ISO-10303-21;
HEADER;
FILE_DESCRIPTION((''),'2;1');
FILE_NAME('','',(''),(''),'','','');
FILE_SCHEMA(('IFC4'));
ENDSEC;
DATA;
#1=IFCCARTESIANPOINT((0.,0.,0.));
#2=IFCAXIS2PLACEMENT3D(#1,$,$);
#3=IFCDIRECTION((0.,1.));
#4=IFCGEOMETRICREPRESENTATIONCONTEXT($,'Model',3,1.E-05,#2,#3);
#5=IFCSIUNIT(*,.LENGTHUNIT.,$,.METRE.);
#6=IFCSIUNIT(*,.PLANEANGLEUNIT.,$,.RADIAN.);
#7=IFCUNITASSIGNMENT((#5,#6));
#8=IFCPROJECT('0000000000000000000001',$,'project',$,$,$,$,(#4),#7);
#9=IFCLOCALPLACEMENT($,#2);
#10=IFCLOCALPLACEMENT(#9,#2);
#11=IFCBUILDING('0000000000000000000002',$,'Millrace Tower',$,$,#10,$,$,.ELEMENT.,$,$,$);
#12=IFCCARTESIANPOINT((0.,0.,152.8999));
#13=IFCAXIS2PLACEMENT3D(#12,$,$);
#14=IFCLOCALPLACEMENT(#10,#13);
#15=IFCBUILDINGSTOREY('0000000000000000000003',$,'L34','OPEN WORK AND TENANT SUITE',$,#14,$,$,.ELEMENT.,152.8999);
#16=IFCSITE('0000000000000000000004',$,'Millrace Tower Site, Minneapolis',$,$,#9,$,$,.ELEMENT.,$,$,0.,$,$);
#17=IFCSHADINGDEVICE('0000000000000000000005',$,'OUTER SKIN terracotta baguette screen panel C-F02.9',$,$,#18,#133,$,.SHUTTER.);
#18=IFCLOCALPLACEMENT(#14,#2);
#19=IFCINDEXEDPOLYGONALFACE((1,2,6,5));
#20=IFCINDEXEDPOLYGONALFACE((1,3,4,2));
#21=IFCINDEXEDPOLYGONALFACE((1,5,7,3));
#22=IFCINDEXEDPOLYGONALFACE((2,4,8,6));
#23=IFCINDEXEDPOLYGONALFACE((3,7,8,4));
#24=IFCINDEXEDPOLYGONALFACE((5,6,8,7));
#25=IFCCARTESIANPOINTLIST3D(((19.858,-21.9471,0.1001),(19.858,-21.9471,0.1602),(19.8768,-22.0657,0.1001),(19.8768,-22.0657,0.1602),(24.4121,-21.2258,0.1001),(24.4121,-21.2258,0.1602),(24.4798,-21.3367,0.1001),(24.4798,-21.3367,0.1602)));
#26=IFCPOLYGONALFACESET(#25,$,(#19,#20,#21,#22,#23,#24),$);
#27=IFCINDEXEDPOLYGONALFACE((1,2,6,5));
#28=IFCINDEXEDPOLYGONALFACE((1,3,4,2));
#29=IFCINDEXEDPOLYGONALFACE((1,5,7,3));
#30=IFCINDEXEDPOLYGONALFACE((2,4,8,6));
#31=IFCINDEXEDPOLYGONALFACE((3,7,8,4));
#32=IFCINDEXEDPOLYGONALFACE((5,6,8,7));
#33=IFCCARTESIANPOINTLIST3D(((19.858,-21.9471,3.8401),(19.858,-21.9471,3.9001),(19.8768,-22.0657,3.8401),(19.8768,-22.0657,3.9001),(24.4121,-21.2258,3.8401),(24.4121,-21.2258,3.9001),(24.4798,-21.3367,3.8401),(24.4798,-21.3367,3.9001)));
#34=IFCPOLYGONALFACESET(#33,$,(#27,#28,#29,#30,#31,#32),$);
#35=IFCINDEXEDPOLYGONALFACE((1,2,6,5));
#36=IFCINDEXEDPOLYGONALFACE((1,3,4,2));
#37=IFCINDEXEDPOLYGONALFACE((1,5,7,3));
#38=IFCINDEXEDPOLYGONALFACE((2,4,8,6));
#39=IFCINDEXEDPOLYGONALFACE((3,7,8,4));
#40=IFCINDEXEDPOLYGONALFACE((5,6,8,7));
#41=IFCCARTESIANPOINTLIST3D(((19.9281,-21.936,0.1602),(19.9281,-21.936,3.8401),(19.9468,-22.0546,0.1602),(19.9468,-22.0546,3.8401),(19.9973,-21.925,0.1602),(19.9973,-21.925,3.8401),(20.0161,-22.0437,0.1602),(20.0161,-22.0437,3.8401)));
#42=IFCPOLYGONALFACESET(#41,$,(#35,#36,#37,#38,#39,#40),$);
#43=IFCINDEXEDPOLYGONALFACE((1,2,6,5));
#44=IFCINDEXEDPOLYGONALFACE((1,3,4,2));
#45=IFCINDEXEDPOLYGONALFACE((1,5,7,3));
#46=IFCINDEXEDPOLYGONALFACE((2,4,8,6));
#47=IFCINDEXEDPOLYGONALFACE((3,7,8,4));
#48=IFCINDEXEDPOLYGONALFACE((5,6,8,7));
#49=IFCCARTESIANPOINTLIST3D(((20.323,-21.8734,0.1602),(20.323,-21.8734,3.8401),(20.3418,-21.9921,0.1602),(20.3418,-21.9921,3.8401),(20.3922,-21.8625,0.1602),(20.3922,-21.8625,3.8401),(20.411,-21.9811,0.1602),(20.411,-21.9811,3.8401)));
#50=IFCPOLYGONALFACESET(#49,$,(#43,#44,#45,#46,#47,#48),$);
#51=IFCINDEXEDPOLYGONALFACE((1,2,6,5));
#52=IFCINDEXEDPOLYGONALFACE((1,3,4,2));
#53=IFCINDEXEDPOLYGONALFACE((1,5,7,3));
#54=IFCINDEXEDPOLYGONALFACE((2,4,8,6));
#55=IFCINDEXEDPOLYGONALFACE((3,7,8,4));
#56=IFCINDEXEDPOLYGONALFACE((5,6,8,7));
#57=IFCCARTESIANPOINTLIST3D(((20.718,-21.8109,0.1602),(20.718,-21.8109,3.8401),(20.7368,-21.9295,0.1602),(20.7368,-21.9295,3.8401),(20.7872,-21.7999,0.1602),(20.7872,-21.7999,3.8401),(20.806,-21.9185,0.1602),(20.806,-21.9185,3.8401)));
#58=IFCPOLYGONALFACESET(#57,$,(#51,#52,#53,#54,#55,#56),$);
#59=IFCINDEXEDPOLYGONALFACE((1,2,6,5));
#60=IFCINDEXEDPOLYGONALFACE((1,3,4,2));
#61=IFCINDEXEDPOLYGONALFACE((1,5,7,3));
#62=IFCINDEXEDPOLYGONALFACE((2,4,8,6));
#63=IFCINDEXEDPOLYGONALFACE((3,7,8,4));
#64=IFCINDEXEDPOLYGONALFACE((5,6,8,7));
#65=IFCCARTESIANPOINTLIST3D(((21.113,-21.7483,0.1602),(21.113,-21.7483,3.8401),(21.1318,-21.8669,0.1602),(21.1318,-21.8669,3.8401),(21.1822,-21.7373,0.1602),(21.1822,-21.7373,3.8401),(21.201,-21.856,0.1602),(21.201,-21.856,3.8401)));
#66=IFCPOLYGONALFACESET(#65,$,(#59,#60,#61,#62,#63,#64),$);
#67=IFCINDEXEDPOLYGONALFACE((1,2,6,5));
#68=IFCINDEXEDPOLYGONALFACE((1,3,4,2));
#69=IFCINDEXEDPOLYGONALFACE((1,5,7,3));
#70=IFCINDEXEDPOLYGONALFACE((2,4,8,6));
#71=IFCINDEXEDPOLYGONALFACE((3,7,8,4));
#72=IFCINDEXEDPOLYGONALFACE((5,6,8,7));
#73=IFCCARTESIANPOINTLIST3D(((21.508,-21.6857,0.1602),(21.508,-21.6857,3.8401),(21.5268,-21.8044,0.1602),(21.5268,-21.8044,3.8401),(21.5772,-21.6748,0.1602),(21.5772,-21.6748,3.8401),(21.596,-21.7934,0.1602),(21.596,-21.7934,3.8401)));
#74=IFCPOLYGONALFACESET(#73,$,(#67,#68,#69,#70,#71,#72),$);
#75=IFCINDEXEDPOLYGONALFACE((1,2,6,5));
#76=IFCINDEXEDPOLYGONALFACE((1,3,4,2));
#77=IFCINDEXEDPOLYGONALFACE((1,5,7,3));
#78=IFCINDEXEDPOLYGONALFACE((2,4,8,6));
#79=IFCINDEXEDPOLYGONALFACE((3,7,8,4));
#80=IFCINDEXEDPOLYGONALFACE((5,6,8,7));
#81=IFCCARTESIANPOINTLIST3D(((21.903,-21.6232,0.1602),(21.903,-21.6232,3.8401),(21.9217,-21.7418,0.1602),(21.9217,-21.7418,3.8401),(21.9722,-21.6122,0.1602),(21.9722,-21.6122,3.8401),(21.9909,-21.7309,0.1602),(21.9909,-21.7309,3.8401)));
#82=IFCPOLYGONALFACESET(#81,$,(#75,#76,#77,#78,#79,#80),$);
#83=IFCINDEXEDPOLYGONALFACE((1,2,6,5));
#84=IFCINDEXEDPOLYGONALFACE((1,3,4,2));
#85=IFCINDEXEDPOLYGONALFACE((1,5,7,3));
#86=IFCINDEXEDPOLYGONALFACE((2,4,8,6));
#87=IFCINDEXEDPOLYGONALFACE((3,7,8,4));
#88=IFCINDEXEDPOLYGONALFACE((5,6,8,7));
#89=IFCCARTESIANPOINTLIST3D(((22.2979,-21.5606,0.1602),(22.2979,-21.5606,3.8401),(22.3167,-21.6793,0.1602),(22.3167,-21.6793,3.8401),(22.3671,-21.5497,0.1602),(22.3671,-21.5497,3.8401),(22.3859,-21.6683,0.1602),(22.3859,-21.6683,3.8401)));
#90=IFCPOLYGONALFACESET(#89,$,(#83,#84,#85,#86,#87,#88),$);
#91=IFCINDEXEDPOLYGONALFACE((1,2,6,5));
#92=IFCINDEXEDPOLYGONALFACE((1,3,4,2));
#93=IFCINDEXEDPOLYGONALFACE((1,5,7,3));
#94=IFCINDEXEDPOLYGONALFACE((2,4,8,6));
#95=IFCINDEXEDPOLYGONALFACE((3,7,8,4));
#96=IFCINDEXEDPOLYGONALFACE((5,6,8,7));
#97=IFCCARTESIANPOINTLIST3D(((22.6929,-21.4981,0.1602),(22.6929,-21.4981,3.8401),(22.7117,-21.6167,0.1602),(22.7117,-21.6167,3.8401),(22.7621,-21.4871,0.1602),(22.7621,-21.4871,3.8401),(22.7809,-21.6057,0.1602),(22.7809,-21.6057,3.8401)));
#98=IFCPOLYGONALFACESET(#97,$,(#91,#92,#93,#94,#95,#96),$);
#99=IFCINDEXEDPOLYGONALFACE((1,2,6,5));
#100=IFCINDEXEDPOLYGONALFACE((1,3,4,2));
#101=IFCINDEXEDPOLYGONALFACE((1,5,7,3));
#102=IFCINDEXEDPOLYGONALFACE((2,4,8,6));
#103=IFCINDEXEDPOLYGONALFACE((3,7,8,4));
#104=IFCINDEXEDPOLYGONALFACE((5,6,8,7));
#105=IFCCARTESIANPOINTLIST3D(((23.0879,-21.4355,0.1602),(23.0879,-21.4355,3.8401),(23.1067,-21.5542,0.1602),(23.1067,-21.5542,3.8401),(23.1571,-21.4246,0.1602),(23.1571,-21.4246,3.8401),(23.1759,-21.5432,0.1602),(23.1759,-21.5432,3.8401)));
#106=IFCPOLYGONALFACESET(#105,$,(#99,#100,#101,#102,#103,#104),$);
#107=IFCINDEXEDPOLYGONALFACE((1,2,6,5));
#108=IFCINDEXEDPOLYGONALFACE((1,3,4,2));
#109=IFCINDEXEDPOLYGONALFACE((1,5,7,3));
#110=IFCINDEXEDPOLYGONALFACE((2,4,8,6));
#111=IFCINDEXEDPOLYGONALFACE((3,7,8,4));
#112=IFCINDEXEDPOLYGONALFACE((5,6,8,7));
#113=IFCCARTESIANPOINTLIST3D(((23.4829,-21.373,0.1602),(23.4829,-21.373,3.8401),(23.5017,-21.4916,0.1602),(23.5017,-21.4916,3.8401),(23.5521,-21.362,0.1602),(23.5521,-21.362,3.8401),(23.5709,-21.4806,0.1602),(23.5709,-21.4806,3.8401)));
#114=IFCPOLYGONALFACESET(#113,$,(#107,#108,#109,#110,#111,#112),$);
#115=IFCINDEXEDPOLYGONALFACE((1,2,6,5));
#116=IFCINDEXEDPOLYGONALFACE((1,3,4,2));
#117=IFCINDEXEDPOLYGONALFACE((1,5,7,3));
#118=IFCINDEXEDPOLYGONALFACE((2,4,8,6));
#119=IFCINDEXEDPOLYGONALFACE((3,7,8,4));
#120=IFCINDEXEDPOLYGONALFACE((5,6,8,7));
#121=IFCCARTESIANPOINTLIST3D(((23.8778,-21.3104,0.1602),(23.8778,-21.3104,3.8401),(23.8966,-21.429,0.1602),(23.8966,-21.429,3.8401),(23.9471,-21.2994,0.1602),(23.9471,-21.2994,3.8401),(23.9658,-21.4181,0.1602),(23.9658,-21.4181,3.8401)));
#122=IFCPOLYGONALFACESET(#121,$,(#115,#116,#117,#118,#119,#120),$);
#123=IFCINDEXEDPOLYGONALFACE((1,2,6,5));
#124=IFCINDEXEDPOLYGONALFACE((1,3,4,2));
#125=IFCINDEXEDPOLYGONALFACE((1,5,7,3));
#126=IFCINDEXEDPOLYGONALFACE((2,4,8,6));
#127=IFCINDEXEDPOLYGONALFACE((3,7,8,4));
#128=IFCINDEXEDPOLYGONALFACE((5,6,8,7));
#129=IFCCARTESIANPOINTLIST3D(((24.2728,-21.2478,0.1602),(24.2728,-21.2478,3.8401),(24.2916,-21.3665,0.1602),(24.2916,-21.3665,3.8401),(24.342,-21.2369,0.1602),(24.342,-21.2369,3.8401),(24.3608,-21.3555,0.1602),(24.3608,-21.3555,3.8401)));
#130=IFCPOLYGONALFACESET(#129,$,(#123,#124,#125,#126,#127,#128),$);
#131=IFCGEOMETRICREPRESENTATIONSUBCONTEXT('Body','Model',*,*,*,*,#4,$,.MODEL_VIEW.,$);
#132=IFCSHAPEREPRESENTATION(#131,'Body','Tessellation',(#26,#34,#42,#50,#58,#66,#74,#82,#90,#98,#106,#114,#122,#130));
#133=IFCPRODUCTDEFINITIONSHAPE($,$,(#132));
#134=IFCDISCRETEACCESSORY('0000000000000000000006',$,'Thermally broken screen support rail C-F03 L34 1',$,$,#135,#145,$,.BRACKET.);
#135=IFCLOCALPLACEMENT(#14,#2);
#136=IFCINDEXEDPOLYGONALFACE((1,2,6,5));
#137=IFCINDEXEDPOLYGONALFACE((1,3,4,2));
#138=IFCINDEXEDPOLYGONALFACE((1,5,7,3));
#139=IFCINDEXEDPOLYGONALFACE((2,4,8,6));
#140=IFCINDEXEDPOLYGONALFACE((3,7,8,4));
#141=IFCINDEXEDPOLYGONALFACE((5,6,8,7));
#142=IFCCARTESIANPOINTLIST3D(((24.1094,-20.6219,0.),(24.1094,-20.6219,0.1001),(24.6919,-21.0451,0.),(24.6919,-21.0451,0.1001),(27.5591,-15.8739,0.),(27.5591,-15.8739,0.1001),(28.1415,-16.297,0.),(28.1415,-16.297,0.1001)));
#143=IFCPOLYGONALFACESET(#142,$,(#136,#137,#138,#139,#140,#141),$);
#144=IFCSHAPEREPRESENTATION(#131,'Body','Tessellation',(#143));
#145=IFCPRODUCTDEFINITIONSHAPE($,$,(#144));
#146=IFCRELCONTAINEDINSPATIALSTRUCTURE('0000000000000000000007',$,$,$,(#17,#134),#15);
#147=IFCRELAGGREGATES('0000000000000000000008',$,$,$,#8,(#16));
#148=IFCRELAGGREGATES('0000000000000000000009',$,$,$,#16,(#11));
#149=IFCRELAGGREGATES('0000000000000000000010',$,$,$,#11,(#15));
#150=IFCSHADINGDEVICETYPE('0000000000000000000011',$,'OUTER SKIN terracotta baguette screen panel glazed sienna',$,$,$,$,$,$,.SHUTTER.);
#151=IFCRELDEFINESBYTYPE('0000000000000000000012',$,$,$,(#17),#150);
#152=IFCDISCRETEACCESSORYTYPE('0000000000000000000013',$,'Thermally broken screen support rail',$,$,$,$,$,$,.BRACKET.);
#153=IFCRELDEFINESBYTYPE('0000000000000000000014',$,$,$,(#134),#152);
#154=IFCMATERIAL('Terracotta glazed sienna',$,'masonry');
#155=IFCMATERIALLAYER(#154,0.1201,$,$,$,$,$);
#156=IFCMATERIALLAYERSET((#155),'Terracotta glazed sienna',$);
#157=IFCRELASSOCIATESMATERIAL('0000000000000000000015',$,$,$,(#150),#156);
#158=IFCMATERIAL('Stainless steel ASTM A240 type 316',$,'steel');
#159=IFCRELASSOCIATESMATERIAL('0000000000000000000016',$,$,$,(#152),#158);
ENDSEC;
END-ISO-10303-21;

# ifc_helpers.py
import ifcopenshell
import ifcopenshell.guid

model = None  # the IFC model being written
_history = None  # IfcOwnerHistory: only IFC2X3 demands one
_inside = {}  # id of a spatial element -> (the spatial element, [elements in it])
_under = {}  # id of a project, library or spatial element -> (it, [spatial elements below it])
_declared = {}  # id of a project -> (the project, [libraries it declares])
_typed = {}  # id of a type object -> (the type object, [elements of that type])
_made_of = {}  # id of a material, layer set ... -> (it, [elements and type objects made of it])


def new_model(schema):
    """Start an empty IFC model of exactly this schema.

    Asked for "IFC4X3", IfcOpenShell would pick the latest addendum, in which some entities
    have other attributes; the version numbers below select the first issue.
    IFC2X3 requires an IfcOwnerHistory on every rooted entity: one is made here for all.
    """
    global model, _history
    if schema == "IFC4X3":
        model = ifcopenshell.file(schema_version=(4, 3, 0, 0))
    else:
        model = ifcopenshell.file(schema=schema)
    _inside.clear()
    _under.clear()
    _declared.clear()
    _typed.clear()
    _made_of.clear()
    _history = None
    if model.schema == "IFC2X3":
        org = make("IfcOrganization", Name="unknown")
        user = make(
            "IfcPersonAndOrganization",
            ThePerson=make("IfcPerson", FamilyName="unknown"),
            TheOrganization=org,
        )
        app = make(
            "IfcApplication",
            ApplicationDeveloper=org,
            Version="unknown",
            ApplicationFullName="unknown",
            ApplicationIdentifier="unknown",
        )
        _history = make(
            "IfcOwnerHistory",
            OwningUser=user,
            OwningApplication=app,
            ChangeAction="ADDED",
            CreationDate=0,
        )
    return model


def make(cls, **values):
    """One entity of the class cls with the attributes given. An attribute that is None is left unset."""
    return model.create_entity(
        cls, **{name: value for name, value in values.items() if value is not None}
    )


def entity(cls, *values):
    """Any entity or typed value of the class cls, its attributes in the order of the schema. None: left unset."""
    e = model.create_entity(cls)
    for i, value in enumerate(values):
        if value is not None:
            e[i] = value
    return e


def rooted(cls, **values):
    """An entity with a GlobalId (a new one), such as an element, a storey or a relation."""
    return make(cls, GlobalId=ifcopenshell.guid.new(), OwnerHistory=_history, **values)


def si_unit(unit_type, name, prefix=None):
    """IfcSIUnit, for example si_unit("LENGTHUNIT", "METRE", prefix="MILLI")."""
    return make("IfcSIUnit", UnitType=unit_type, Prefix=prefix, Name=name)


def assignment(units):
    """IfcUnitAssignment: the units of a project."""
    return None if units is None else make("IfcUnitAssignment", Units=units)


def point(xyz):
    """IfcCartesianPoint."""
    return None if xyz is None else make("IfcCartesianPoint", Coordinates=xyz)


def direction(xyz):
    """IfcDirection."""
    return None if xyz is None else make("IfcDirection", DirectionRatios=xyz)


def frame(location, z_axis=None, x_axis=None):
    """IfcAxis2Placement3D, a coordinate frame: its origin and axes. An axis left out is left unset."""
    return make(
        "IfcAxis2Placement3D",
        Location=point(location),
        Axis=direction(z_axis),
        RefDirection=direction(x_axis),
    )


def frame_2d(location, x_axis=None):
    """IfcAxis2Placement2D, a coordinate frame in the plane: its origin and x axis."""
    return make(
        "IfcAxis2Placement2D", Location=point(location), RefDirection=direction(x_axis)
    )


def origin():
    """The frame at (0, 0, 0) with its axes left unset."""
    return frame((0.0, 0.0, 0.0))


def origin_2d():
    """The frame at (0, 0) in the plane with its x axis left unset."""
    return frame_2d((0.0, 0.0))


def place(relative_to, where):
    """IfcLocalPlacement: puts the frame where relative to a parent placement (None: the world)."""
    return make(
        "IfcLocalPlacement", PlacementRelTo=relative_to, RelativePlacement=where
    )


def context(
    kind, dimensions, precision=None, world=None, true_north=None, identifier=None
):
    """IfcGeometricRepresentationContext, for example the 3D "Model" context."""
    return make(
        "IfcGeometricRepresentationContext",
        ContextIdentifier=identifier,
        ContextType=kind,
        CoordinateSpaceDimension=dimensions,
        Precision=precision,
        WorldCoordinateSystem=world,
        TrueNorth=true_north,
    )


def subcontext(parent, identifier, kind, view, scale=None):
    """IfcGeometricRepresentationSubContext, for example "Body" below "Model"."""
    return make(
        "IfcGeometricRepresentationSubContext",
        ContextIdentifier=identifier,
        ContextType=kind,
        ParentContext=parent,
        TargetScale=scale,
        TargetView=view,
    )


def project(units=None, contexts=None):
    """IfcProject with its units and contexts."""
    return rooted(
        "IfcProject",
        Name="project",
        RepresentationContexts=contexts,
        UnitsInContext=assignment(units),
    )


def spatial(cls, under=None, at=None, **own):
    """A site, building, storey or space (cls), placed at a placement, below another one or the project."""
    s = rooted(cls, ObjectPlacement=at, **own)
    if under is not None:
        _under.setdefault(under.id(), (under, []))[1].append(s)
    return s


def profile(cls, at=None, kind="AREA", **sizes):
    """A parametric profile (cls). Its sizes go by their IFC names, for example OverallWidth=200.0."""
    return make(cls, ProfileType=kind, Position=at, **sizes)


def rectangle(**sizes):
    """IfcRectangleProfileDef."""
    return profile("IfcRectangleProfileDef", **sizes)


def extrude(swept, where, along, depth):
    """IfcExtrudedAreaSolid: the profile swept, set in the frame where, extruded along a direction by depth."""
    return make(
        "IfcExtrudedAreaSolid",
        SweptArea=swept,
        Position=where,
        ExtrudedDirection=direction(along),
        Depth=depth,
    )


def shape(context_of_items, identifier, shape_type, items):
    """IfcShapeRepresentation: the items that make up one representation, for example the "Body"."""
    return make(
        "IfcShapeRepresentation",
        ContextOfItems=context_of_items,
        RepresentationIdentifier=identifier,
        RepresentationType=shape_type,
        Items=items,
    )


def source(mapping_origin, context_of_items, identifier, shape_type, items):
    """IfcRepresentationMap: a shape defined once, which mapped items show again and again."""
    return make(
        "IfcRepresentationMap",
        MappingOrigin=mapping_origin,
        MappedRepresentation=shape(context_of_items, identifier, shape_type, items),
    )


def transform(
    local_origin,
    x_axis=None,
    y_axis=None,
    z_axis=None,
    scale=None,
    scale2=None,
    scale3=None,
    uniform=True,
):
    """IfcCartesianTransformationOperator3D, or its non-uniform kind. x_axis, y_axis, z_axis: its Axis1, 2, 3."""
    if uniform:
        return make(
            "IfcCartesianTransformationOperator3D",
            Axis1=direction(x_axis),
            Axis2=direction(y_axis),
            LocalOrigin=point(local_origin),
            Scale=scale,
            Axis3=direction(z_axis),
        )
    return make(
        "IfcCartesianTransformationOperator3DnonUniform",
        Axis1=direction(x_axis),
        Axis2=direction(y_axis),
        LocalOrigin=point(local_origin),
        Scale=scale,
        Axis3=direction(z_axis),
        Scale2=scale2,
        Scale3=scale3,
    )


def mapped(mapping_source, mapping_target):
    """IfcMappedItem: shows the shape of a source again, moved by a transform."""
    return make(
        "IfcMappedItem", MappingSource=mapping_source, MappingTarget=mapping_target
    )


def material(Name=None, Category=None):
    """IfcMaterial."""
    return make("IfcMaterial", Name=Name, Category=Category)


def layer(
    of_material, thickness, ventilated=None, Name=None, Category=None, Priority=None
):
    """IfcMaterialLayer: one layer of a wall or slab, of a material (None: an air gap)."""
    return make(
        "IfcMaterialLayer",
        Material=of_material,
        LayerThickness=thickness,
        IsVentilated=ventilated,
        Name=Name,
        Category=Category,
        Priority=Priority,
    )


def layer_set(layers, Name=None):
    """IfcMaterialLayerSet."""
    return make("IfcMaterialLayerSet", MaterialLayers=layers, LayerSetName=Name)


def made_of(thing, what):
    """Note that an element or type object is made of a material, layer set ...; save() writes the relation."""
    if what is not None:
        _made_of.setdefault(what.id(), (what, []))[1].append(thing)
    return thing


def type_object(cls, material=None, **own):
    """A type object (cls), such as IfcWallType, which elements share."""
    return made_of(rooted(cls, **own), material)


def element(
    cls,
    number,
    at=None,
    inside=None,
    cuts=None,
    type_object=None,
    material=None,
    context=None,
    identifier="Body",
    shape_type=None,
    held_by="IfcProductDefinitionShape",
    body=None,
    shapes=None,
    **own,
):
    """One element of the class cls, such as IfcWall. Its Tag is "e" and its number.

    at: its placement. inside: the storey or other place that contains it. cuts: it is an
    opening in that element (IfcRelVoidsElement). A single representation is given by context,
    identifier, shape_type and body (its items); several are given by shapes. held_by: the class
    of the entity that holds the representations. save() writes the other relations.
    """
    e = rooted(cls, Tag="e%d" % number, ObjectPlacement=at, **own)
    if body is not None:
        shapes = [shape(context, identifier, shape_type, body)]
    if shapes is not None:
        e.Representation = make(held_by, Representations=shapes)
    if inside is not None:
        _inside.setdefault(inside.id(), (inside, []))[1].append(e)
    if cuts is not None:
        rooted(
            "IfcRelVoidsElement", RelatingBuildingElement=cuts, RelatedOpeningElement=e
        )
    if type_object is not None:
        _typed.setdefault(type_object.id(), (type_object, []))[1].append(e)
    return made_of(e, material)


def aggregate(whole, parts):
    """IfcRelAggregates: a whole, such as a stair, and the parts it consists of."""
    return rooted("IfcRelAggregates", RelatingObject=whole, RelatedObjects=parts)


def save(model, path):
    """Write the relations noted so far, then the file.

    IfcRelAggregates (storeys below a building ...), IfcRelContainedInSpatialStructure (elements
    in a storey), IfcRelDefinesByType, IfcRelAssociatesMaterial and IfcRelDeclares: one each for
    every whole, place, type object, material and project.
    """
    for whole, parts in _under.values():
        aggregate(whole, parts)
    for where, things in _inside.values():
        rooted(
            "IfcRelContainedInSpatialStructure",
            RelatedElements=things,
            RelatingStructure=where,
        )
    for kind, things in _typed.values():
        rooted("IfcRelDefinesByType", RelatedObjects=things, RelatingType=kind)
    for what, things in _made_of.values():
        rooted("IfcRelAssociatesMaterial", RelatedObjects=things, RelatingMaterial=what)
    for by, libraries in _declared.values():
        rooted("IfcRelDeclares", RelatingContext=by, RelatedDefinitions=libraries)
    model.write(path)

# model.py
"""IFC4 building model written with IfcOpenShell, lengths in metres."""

from ifc_helpers import new_model, entity, si_unit, direction, frame, frame_2d, origin, origin_2d, place, context, subcontext, project, spatial, rectangle, extrude, source, transform, mapped, material, layer, layer_set, type_object, element, save


model = new_model("IFC4")

# Units and contexts
model_context = context("Model", 3, precision=1e-05, world=origin(), true_north=direction((0.0, 1.0)))
body_context = subcontext(model_context, "Body", "Model", "MODEL_VIEW")
ifc_project = project(units=[si_unit("LENGTHUNIT", "METRE"), si_unit("PLANEANGLEUNIT", "RADIAN")], contexts=[model_context])

# Site, building, storey
site_placement = place(None, origin())
site = spatial("IfcSite", under=ifc_project, at=site_placement, Name="Millrace Tower Site, Minneapolis", CompositionType="ELEMENT", RefElevation=0.0)
building_placement = place(site_placement, origin())
building = spatial("IfcBuilding", under=site, at=building_placement, Name="Millrace Tower", CompositionType="ELEMENT")
storey_placement = place(building_placement, frame((0.0, 0.0, 152.8999)))
storey = spatial("IfcBuildingStorey", under=building, at=storey_placement, Name="L34", Description="OPEN WORK AND TENANT SUITE", CompositionType="ELEMENT", Elevation=152.8999)

# Shading device
ifc_material_1 = material(Name="Terracotta glazed sienna", Category="masonry")
ifc_layer_1 = layer(ifc_material_1, 0.1201)
ifc_layer_set_1 = layer_set([ifc_layer_1], Name="Terracotta glazed sienna")
shading_device_type = type_object("IfcShadingDeviceType", Name="OUTER SKIN terracotta baguette screen panel glazed sienna", PredefinedType="SHUTTER", material=ifc_layer_set_1)
cartesian_point_1 = entity("IfcCartesianPoint", [-2.3179, 0.0601])
shared_polyline_1 = entity("IfcPolyline", [cartesian_point_1, entity("IfcCartesianPoint", [2.293, 0.0601]), entity("IfcCartesianPoint", [2.3425, -0.0601]), entity("IfcCartesianPoint", [-2.3179, -0.0601]), cartesian_point_1])
shared_shape_1 = source(origin(), body_context, "Body", "SweptSolid", [
    entity("IfcExtrudedAreaSolid", entity("IfcArbitraryClosedProfileDef", "AREA", None, shared_polyline_1), entity("IfcAxis2Placement3D", entity("IfcCartesianPoint", [0.0, 0.0, 0.0])), entity("IfcDirection", [0.0, 0.0, 1.0]), 0.0601),
    entity("IfcExtrudedAreaSolid", entity("IfcArbitraryClosedProfileDef", "AREA", None, shared_polyline_1), entity("IfcAxis2Placement3D", entity("IfcCartesianPoint", [0.0, 0.0, 3.74])), entity("IfcDirection", [0.0, 0.0, 1.0]), 0.0601),
    extrude(rectangle(XDim=0.0701, YDim=0.1201, at=frame_2d((-2.2119, 0.0))), frame((0.0, 0.0, 0.0601)), (0.0, 0.0, 1.0), 3.6799),
    extrude(rectangle(XDim=0.0701, YDim=0.1201, at=frame_2d((-1.812, 0.0))), frame((0.0, 0.0, 0.0601)), (0.0, 0.0, 1.0), 3.6799),
    extrude(rectangle(XDim=0.0701, YDim=0.1201, at=frame_2d((-1.4121, 0.0))), frame((0.0, 0.0, 0.0601)), (0.0, 0.0, 1.0), 3.6799),
    extrude(rectangle(XDim=0.0701, YDim=0.1201, at=frame_2d((-1.0122, 0.0))), frame((0.0, 0.0, 0.0601)), (0.0, 0.0, 1.0), 3.6799),
    extrude(rectangle(XDim=0.0701, YDim=0.1201, at=frame_2d((-0.6123, 0.0))), frame((0.0, 0.0, 0.0601)), (0.0, 0.0, 1.0), 3.6799),
    extrude(rectangle(XDim=0.0701, YDim=0.1201, at=frame_2d((-0.2124, 0.0))), frame((0.0, 0.0, 0.0601)), (0.0, 0.0, 1.0), 3.6799),
    extrude(rectangle(XDim=0.0701, YDim=0.1201, at=frame_2d((0.1875, 0.0))), frame((0.0, 0.0, 0.0601)), (0.0, 0.0, 1.0), 3.6799),
    extrude(rectangle(XDim=0.0701, YDim=0.1201, at=frame_2d((0.5874, 0.0))), frame((0.0, 0.0, 0.0601)), (0.0, 0.0, 1.0), 3.6799),
    extrude(rectangle(XDim=0.0701, YDim=0.1201, at=frame_2d((0.9873, 0.0))), frame((0.0, 0.0, 0.0601)), (0.0, 0.0, 1.0), 3.6799),
    extrude(rectangle(XDim=0.0701, YDim=0.1201, at=frame_2d((1.3872, 0.0))), frame((0.0, 0.0, 0.0601)), (0.0, 0.0, 1.0), 3.6799),
    extrude(rectangle(XDim=0.0701, YDim=0.1201, at=frame_2d((1.7871, 0.0))), frame((0.0, 0.0, 0.0601)), (0.0, 0.0, 1.0), 3.6799),
    extrude(rectangle(XDim=0.0701, YDim=0.1201, at=frame_2d((2.187, 0.0))), frame((0.0, 0.0, 0.0601)), (0.0, 0.0, 1.0), 3.6799),
])
shading_device_1_placement = place(storey_placement, frame((22.1567, -21.6438, 0.1001), z_axis=(0.0, 0.0, 1.0), x_axis=(0.987688, 0.156434, 0.0)))
element("IfcShadingDevice", 1, at=shading_device_1_placement, inside=storey, type_object=shading_device_type, Name="OUTER SKIN terracotta baguette screen panel C-F02.9", PredefinedType="SHUTTER", context=body_context, shape_type="MappedRepresentation", body=[
    mapped(shared_shape_1, transform((0.0, 0.0, 0.0), scale=1.0)),
])

# Discrete accessory
ifc_material_2 = material(Name="Stainless steel ASTM A240 type 316", Category="steel")
discrete_accessory_type = type_object("IfcDiscreteAccessoryType", Name="Thermally broken screen support rail", PredefinedType="BRACKET", material=ifc_material_2)
discrete_accessory_placement = place(storey_placement, frame((26.1255, -18.4595, 0.0), z_axis=(0.0, 0.0, 1.0), x_axis=(0.587785, 0.809017, 0.0)))
element("IfcDiscreteAccessory", 2, at=discrete_accessory_placement, inside=storey, type_object=discrete_accessory_type, Name="Thermally broken screen support rail C-F03 L34 1", PredefinedType="BRACKET", context=body_context, shape_type="SweptSolid", body=[
    extrude(rectangle(XDim=5.8689, YDim=0.72, at=origin_2d()), origin(), (0.0, 0.0, 1.0), 0.1001),
])

save(model, "model.ifc")
